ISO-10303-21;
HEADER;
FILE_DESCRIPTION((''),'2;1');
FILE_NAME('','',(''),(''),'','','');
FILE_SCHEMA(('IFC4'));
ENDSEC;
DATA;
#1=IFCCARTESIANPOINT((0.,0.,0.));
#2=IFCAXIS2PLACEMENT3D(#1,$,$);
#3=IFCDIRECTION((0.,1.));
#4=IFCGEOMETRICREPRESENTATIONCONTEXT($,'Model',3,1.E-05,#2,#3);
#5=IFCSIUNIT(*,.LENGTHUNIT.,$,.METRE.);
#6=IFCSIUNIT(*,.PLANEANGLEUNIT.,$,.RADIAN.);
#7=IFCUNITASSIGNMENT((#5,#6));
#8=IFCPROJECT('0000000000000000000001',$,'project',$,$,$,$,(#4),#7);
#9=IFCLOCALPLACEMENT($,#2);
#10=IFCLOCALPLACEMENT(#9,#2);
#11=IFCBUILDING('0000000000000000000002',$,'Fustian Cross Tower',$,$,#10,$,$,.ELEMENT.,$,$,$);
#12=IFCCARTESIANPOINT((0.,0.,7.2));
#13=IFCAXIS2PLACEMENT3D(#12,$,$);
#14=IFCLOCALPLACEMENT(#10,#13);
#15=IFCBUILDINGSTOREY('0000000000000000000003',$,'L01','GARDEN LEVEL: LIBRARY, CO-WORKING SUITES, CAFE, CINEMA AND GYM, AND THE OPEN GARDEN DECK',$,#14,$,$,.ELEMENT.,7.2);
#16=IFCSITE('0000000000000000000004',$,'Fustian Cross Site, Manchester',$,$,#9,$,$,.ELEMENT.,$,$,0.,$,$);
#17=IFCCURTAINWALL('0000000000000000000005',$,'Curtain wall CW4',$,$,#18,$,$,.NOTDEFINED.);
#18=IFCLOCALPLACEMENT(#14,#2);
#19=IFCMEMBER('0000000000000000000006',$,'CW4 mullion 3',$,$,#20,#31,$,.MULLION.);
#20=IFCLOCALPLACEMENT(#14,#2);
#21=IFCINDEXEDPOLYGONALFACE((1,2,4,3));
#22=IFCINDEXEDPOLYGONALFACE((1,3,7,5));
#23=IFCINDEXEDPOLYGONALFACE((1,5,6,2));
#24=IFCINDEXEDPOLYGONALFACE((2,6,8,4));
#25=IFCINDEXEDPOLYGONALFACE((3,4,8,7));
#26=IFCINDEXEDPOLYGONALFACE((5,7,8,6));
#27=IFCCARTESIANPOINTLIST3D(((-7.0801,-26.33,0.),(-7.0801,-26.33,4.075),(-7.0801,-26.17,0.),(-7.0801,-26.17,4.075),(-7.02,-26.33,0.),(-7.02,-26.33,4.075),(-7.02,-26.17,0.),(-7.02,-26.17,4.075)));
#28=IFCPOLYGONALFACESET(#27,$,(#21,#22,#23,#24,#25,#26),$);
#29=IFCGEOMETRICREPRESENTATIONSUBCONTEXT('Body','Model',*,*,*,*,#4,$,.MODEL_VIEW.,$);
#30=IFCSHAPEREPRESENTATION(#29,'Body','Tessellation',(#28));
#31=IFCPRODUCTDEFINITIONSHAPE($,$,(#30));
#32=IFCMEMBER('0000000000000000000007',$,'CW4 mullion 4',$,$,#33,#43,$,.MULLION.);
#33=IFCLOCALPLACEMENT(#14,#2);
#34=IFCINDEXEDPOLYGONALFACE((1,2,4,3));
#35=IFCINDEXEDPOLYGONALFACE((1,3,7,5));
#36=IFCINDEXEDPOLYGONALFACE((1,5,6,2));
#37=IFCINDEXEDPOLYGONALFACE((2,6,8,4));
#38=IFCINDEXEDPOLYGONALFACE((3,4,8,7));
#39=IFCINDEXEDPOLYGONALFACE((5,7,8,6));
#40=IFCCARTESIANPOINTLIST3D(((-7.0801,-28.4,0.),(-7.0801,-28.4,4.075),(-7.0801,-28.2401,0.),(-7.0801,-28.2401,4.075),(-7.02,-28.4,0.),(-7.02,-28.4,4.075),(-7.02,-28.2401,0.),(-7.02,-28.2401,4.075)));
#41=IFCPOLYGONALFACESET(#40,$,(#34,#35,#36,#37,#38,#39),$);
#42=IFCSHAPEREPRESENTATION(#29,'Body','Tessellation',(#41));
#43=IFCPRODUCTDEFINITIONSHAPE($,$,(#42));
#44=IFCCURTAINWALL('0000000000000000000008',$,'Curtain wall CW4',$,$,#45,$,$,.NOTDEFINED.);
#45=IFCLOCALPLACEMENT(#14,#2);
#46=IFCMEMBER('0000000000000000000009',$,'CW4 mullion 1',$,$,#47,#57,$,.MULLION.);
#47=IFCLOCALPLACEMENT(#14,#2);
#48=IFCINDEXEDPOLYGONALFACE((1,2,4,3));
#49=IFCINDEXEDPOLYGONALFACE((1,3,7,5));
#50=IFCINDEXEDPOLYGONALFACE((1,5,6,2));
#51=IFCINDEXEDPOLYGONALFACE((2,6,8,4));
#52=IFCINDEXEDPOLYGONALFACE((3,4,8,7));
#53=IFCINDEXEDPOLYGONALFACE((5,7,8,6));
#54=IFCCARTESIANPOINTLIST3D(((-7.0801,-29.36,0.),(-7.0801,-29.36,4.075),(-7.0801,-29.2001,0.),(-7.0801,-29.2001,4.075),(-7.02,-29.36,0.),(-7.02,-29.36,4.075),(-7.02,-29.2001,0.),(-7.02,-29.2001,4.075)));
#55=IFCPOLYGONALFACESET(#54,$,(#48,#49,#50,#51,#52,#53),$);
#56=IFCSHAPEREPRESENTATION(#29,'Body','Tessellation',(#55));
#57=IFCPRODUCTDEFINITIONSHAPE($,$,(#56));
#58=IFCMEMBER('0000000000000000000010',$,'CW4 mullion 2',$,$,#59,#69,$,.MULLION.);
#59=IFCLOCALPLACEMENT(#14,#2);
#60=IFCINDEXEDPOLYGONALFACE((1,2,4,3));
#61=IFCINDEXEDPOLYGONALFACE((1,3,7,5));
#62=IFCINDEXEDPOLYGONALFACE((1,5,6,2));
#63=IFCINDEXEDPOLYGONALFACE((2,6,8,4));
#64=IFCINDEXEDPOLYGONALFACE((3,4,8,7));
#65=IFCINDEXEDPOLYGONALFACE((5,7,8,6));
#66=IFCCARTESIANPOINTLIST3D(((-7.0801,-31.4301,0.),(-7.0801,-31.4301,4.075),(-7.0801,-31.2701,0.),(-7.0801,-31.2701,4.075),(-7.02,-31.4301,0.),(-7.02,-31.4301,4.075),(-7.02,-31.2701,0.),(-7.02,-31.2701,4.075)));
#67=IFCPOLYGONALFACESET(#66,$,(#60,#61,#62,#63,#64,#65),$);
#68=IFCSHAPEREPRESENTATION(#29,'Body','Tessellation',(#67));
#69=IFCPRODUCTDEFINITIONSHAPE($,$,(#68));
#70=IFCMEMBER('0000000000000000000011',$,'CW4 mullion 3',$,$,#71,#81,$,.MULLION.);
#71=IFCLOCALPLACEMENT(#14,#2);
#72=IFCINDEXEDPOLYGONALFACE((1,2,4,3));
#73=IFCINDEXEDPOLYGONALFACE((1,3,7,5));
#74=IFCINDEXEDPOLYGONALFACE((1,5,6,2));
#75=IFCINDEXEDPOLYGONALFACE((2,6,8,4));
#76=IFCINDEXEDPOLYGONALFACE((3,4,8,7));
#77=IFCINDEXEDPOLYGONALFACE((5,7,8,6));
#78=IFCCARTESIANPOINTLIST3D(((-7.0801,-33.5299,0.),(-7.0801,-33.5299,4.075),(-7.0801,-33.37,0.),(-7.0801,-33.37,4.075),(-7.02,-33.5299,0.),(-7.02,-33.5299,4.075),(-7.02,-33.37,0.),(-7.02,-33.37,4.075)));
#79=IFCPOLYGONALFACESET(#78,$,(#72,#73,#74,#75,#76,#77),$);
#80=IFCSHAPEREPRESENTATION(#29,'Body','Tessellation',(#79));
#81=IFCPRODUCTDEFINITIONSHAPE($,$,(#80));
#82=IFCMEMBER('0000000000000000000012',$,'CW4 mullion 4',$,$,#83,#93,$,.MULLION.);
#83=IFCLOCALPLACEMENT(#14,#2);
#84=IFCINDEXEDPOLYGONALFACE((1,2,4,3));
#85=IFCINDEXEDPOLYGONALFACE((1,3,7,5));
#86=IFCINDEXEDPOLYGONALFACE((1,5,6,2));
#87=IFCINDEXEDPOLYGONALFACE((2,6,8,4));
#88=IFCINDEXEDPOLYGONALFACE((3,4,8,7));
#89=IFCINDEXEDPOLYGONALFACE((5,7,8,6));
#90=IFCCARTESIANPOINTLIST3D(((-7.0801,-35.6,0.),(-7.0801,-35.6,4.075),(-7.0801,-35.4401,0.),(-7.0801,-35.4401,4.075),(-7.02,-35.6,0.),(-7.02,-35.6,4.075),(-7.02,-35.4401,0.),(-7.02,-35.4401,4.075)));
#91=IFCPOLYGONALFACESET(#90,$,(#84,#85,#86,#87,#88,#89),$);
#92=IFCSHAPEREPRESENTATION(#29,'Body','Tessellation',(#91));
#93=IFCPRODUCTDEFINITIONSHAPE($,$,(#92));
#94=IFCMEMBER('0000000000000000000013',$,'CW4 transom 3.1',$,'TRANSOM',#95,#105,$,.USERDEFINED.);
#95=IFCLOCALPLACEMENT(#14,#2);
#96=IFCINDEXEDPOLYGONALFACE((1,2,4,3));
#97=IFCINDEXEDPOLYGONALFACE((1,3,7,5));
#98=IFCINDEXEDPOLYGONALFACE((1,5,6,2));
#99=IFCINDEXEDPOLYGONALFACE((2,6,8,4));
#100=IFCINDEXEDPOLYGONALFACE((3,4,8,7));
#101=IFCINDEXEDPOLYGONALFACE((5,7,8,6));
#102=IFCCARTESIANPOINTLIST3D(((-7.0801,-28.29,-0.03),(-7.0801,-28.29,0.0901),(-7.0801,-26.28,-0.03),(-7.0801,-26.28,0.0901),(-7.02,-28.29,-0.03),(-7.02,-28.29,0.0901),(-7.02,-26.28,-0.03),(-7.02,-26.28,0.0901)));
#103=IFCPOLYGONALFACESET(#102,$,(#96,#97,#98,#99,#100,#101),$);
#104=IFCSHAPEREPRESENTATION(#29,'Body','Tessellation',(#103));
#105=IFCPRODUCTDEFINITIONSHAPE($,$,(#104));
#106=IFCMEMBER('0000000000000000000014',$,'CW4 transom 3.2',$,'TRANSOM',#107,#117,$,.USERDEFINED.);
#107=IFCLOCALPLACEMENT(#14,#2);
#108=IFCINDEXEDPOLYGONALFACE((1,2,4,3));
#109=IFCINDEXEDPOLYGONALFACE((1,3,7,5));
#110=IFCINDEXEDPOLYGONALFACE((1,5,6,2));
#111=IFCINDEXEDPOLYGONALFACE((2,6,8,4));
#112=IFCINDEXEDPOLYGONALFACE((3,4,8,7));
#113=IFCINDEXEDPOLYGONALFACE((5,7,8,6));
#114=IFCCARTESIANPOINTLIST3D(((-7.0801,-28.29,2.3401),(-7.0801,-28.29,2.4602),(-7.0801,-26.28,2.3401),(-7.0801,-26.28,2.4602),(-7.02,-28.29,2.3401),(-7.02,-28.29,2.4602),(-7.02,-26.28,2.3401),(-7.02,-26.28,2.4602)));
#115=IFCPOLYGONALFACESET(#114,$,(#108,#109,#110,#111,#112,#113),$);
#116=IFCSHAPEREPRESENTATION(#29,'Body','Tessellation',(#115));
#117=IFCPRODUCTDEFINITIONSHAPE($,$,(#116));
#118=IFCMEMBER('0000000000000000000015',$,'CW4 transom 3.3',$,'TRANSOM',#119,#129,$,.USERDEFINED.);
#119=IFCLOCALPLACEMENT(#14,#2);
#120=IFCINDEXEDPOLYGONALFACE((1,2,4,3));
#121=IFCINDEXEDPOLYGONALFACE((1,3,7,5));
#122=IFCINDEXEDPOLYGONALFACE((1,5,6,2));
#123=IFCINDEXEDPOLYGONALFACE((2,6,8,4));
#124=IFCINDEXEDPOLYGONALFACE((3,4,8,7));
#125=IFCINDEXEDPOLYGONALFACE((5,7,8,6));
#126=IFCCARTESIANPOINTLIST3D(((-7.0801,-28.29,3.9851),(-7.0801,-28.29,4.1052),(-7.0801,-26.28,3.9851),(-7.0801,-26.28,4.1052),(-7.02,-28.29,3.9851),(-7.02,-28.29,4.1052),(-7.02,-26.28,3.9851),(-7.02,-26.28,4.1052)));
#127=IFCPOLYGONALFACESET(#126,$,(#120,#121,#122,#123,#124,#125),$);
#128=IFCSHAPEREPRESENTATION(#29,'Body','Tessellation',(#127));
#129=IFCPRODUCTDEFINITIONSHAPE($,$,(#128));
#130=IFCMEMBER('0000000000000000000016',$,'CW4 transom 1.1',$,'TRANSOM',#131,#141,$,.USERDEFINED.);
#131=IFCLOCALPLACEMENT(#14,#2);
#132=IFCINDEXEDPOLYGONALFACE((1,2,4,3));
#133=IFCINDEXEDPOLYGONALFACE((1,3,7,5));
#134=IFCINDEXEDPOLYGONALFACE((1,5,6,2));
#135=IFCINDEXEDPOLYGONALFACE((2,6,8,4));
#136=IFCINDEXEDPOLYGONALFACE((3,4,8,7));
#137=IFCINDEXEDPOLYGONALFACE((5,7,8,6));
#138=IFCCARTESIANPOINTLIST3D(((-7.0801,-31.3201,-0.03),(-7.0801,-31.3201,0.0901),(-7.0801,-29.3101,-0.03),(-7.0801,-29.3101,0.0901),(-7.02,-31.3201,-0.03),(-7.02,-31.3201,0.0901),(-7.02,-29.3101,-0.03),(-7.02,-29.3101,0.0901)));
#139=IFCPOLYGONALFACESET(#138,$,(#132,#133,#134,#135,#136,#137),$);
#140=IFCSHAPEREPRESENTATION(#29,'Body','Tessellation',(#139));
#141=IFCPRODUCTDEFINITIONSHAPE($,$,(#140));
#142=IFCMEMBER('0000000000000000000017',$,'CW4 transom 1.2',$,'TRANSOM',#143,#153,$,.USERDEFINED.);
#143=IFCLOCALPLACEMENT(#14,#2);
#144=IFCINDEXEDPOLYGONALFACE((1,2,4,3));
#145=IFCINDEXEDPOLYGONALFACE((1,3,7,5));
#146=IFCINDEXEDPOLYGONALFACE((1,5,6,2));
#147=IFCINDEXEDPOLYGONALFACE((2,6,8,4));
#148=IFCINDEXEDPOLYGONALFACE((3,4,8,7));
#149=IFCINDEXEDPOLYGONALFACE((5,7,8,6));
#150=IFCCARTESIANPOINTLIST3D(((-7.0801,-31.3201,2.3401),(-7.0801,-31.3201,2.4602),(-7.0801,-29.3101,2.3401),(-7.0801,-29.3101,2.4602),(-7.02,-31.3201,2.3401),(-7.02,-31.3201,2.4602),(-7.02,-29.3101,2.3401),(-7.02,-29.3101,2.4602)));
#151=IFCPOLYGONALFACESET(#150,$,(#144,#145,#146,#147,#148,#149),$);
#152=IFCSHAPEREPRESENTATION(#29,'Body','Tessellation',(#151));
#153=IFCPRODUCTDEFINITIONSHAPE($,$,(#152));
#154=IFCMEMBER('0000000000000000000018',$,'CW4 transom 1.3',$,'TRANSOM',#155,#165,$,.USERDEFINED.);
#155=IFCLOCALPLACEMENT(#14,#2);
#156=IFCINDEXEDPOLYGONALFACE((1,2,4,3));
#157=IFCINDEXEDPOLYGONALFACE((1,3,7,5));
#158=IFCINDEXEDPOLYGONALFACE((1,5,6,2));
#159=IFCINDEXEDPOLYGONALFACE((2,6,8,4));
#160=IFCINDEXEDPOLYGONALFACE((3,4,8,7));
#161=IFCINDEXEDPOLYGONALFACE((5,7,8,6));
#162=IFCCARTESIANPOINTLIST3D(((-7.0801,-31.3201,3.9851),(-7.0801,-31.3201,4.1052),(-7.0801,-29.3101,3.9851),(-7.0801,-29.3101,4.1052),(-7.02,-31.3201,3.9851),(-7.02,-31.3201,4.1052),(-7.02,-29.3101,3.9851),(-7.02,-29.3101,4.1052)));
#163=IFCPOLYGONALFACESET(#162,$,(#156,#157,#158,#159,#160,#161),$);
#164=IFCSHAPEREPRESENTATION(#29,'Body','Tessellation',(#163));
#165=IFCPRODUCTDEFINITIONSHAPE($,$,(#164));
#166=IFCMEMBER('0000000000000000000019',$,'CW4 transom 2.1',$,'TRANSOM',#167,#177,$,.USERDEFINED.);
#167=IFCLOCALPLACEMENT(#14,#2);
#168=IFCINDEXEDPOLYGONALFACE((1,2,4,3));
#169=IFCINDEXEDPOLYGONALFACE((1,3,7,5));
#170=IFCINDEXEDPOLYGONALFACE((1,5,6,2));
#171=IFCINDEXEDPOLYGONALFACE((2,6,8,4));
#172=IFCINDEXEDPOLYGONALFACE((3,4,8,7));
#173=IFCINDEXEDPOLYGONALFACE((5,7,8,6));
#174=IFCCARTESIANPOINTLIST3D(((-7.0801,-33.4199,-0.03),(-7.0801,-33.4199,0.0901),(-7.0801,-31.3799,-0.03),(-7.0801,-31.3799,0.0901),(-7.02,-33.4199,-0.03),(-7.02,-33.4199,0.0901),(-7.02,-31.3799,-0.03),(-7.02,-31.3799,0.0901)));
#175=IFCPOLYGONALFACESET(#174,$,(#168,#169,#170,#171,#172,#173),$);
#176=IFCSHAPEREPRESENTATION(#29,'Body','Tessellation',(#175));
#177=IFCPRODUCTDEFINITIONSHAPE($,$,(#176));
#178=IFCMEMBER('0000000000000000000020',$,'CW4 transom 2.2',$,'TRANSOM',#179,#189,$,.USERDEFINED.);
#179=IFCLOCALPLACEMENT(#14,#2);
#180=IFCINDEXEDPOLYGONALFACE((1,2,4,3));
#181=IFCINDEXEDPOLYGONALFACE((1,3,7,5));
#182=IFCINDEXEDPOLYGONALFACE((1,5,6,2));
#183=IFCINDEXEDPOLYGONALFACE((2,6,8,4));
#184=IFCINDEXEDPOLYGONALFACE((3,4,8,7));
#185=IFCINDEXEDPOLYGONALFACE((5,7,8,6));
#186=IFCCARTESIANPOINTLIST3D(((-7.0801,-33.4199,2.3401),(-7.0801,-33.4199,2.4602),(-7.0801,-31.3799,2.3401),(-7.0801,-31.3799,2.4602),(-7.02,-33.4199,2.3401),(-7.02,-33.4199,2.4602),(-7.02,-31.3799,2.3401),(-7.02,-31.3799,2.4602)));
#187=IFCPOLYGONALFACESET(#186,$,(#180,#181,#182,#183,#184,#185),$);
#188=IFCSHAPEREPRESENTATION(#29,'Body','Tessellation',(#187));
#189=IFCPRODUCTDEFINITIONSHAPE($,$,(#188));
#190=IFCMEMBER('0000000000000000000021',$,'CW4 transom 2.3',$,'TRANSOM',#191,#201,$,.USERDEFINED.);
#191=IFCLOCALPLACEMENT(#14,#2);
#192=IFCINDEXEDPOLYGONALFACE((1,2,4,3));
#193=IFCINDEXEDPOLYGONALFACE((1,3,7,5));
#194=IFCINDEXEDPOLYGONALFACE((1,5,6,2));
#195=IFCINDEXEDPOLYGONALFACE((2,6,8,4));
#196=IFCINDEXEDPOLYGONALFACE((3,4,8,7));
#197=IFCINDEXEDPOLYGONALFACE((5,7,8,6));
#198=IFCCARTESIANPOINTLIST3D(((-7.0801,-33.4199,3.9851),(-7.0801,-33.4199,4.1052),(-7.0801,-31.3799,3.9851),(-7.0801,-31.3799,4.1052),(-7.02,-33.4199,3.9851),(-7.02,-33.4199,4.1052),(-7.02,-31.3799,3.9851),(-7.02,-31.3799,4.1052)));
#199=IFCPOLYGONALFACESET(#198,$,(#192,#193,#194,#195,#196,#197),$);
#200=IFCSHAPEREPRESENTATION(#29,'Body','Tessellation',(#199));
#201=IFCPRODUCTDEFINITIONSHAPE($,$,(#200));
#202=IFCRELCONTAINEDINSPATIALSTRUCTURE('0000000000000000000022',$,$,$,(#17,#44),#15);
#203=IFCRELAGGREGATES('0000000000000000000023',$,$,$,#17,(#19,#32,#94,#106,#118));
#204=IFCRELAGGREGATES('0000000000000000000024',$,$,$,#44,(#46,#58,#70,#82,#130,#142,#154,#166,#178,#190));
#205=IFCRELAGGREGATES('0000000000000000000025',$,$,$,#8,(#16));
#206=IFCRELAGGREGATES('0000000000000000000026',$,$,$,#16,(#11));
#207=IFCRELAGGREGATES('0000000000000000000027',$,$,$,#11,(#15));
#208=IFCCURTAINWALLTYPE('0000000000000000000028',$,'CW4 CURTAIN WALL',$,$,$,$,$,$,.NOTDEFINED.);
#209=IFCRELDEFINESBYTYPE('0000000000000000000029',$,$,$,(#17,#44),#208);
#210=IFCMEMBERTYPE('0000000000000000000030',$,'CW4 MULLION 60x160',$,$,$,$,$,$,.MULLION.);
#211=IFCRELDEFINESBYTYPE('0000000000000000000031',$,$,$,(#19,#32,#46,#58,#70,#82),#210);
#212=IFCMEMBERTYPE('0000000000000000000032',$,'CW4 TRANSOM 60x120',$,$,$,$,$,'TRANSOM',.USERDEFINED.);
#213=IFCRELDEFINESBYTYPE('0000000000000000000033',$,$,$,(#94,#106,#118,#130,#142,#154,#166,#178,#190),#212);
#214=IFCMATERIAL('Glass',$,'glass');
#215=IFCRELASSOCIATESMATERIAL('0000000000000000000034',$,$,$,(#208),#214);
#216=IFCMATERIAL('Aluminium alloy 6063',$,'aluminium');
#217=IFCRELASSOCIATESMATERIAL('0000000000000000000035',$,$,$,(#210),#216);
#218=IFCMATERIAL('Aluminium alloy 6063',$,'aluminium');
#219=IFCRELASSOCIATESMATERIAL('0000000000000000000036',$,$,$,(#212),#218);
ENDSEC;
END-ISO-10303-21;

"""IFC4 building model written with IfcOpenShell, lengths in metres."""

from ifc_helpers import new_model, si_unit, direction, frame, origin, origin_2d, place, context, subcontext, project, spatial, rectangle, extrude, material, material_profile, profile_set, type_object, element, aggregate, save


model = new_model("IFC4")

# Units and contexts
model_context = context("Model", 3, precision=1e-05, world=origin(), true_north=direction((0.0, 1.0)))
body_context = subcontext(model_context, "Body", "Model", "MODEL_VIEW")
ifc_project = project(units=[si_unit("LENGTHUNIT", "METRE"), si_unit("PLANEANGLEUNIT", "RADIAN")], contexts=[model_context])

# Site, building, storey
site_placement = place(None, origin())
site = spatial("IfcSite", under=ifc_project, at=site_placement, Name="Fustian Cross Site, Manchester", CompositionType="ELEMENT", RefElevation=0.0)
building_placement = place(site_placement, origin())
building = spatial("IfcBuilding", under=site, at=building_placement, Name="Fustian Cross Tower", CompositionType="ELEMENT")
storey_placement = place(building_placement, frame((0.0, 0.0, 7.2)))
storey = spatial("IfcBuildingStorey", under=building, at=storey_placement, Name="L01", Description="GARDEN LEVEL: LIBRARY, CO-WORKING SUITES, CAFE, CINEMA AND GYM, AND THE OPEN GARDEN DECK", CompositionType="ELEMENT", Elevation=7.2)

# Curtain walls, members
ifc_material_1 = material(Name="Glass", Category="glass")
curtain_wall_type = type_object("IfcCurtainWallType", Name="CW4 CURTAIN WALL", PredefinedType="NOTDEFINED", material=ifc_material_1)
curtain_wall_1_placement = place(storey_placement, origin())
curtain_wall_1 = element("IfcCurtainWall", 1, at=curtain_wall_1_placement, inside=storey, type_object=curtain_wall_type, Name="Curtain wall CW4", PredefinedType="NOTDEFINED")
ifc_material_2 = material(Name="Aluminium alloy 6063", Category="aluminium")
ifc_material_profile_1 = material_profile(ifc_material_2, rectangle(XDim=0.0601, YDim=0.1599, at=origin_2d()), Name="CW4 MULLION 60x160")
ifc_profile_set_1 = profile_set([ifc_material_profile_1], Name="Aluminium alloy 6063")
member_type_1 = type_object("IfcMemberType", Name="CW4 MULLION 60x160", PredefinedType="MULLION", material=ifc_profile_set_1)
member_1_placement = place(storey_placement, frame((-7.05, -26.25, 0.0), z_axis=(0.0, 0.0, 1.0), x_axis=(1.0, 0.0, 0.0)))
member_1 = element("IfcMember", 2, at=member_1_placement, type_object=member_type_1, Name="CW4 mullion 3", PredefinedType="MULLION", context=body_context, shape_type="SweptSolid", body=[
    extrude(rectangle(XDim=0.0601, YDim=0.1599, at=origin_2d()), origin(), (0.0, 0.0, 1.0), 4.075),
])
member_2_placement = place(storey_placement, frame((-7.05, -28.3201, 0.0), z_axis=(0.0, 0.0, 1.0), x_axis=(1.0, 0.0, 0.0)))
member_2 = element("IfcMember", 3, at=member_2_placement, type_object=member_type_1, Name="CW4 mullion 4", PredefinedType="MULLION", context=body_context, shape_type="SweptSolid", body=[
    extrude(rectangle(XDim=0.0601, YDim=0.1599, at=origin_2d()), origin(), (0.0, 0.0, 1.0), 4.075),
])
curtain_wall_2_placement = place(storey_placement, origin())
curtain_wall_2 = element("IfcCurtainWall", 4, at=curtain_wall_2_placement, inside=storey, type_object=curtain_wall_type, Name="Curtain wall CW4", PredefinedType="NOTDEFINED")
member_3_placement = place(storey_placement, frame((-7.05, -29.28, 0.0), z_axis=(0.0, 0.0, 1.0), x_axis=(1.0, 0.0, 0.0)))
member_3 = element("IfcMember", 5, at=member_3_placement, type_object=member_type_1, Name="CW4 mullion 1", PredefinedType="MULLION", context=body_context, shape_type="SweptSolid", body=[
    extrude(rectangle(XDim=0.0601, YDim=0.1599, at=origin_2d()), origin(), (0.0, 0.0, 1.0), 4.075),
])
member_4_placement = place(storey_placement, frame((-7.05, -31.3501, 0.0), z_axis=(0.0, 0.0, 1.0), x_axis=(1.0, 0.0, 0.0)))
member_4 = element("IfcMember", 6, at=member_4_placement, type_object=member_type_1, Name="CW4 mullion 2", PredefinedType="MULLION", context=body_context, shape_type="SweptSolid", body=[
    extrude(rectangle(XDim=0.0601, YDim=0.1599, at=origin_2d()), origin(), (0.0, 0.0, 1.0), 4.075),
])
member_5_placement = place(storey_placement, frame((-7.05, -33.45, 0.0), z_axis=(0.0, 0.0, 1.0), x_axis=(1.0, 0.0, 0.0)))
member_5 = element("IfcMember", 7, at=member_5_placement, type_object=member_type_1, Name="CW4 mullion 3", PredefinedType="MULLION", context=body_context, shape_type="SweptSolid", body=[
    extrude(rectangle(XDim=0.0601, YDim=0.1599, at=origin_2d()), origin(), (0.0, 0.0, 1.0), 4.075),
])
member_6_placement = place(storey_placement, frame((-7.05, -35.52, 0.0), z_axis=(0.0, 0.0, 1.0), x_axis=(1.0, 0.0, 0.0)))
member_6 = element("IfcMember", 8, at=member_6_placement, type_object=member_type_1, Name="CW4 mullion 4", PredefinedType="MULLION", context=body_context, shape_type="SweptSolid", body=[
    extrude(rectangle(XDim=0.0601, YDim=0.1599, at=origin_2d()), origin(), (0.0, 0.0, 1.0), 4.075),
])

# Members
ifc_material_3 = material(Name="Aluminium alloy 6063", Category="aluminium")
ifc_material_profile_2 = material_profile(ifc_material_3, rectangle(XDim=0.0601, YDim=0.1201, at=origin_2d()), Name="CW4 TRANSOM 60x120")
ifc_profile_set_2 = profile_set([ifc_material_profile_2], Name="Aluminium alloy 6063")
member_type_2 = type_object("IfcMemberType", Name="CW4 TRANSOM 60x120", ElementType="TRANSOM", PredefinedType="USERDEFINED", material=ifc_profile_set_2)
member_7_placement = place(storey_placement, frame((-7.05, -26.28, 0.03), z_axis=(0.0, -1.0, 0.0), x_axis=(1.0, 0.0, 0.0)))
member_7 = element("IfcMember", 9, at=member_7_placement, type_object=member_type_2, Name="CW4 transom 3.1", ObjectType="TRANSOM", PredefinedType="USERDEFINED", context=body_context, shape_type="SweptSolid", body=[
    extrude(rectangle(XDim=0.0601, YDim=0.1201, at=origin_2d()), origin(), (0.0, 0.0, 1.0), 2.01),
])
member_8_placement = place(storey_placement, frame((-7.05, -26.28, 2.4001), z_axis=(0.0, -1.0, 0.0), x_axis=(1.0, 0.0, 0.0)))
member_8 = element("IfcMember", 10, at=member_8_placement, type_object=member_type_2, Name="CW4 transom 3.2", ObjectType="TRANSOM", PredefinedType="USERDEFINED", context=body_context, shape_type="SweptSolid", body=[
    extrude(rectangle(XDim=0.0601, YDim=0.1201, at=origin_2d()), origin(), (0.0, 0.0, 1.0), 2.01),
])
member_9_placement = place(storey_placement, frame((-7.05, -26.28, 4.0452), z_axis=(0.0, -1.0, 0.0), x_axis=(1.0, 0.0, 0.0)))
member_9 = element("IfcMember", 11, at=member_9_placement, type_object=member_type_2, Name="CW4 transom 3.3", ObjectType="TRANSOM", PredefinedType="USERDEFINED", context=body_context, shape_type="SweptSolid", body=[
    extrude(rectangle(XDim=0.0601, YDim=0.1201, at=origin_2d()), origin(), (0.0, 0.0, 1.0), 2.01),
])
member_10_placement = place(storey_placement, frame((-7.05, -29.3101, 0.03), z_axis=(0.0, -1.0, 0.0), x_axis=(1.0, 0.0, 0.0)))
member_10 = element("IfcMember", 12, at=member_10_placement, type_object=member_type_2, Name="CW4 transom 1.1", ObjectType="TRANSOM", PredefinedType="USERDEFINED", context=body_context, shape_type="SweptSolid", body=[
    extrude(rectangle(XDim=0.0601, YDim=0.1201, at=origin_2d()), origin(), (0.0, 0.0, 1.0), 2.01),
])
member_11_placement = place(storey_placement, frame((-7.05, -29.3101, 2.4001), z_axis=(0.0, -1.0, 0.0), x_axis=(1.0, 0.0, 0.0)))
member_11 = element("IfcMember", 13, at=member_11_placement, type_object=member_type_2, Name="CW4 transom 1.2", ObjectType="TRANSOM", PredefinedType="USERDEFINED", context=body_context, shape_type="SweptSolid", body=[
    extrude(rectangle(XDim=0.0601, YDim=0.1201, at=origin_2d()), origin(), (0.0, 0.0, 1.0), 2.01),
])
member_12_placement = place(storey_placement, frame((-7.05, -29.3101, 4.0452), z_axis=(0.0, -1.0, 0.0), x_axis=(1.0, 0.0, 0.0)))
member_12 = element("IfcMember", 14, at=member_12_placement, type_object=member_type_2, Name="CW4 transom 1.3", ObjectType="TRANSOM", PredefinedType="USERDEFINED", context=body_context, shape_type="SweptSolid", body=[
    extrude(rectangle(XDim=0.0601, YDim=0.1201, at=origin_2d()), origin(), (0.0, 0.0, 1.0), 2.01),
])
member_13_placement = place(storey_placement, frame((-7.05, -31.3799, 0.03), z_axis=(0.0, -1.0, 0.0), x_axis=(1.0, 0.0, 0.0)))
member_13 = element("IfcMember", 15, at=member_13_placement, type_object=member_type_2, Name="CW4 transom 2.1", ObjectType="TRANSOM", PredefinedType="USERDEFINED", context=body_context, shape_type="SweptSolid", body=[
    extrude(rectangle(XDim=0.0601, YDim=0.1201, at=origin_2d()), origin(), (0.0, 0.0, 1.0), 2.04),
])
member_14_placement = place(storey_placement, frame((-7.05, -31.3799, 2.4001), z_axis=(0.0, -1.0, 0.0), x_axis=(1.0, 0.0, 0.0)))
member_14 = element("IfcMember", 16, at=member_14_placement, type_object=member_type_2, Name="CW4 transom 2.2", ObjectType="TRANSOM", PredefinedType="USERDEFINED", context=body_context, shape_type="SweptSolid", body=[
    extrude(rectangle(XDim=0.0601, YDim=0.1201, at=origin_2d()), origin(), (0.0, 0.0, 1.0), 2.04),
])
member_15_placement = place(storey_placement, frame((-7.05, -31.3799, 4.0452), z_axis=(0.0, -1.0, 0.0), x_axis=(1.0, 0.0, 0.0)))
member_15 = element("IfcMember", 17, at=member_15_placement, type_object=member_type_2, Name="CW4 transom 2.3", ObjectType="TRANSOM", PredefinedType="USERDEFINED", context=body_context, shape_type="SweptSolid", body=[
    extrude(rectangle(XDim=0.0601, YDim=0.1201, at=origin_2d()), origin(), (0.0, 0.0, 1.0), 2.04),
])

aggregate(curtain_wall_1, [member_1, member_2, member_7, member_8, member_9])
aggregate(curtain_wall_2, [member_3, member_4, member_5, member_6, member_10, member_11, member_12, member_13, member_14, member_15])

save(model, "model.ifc")
